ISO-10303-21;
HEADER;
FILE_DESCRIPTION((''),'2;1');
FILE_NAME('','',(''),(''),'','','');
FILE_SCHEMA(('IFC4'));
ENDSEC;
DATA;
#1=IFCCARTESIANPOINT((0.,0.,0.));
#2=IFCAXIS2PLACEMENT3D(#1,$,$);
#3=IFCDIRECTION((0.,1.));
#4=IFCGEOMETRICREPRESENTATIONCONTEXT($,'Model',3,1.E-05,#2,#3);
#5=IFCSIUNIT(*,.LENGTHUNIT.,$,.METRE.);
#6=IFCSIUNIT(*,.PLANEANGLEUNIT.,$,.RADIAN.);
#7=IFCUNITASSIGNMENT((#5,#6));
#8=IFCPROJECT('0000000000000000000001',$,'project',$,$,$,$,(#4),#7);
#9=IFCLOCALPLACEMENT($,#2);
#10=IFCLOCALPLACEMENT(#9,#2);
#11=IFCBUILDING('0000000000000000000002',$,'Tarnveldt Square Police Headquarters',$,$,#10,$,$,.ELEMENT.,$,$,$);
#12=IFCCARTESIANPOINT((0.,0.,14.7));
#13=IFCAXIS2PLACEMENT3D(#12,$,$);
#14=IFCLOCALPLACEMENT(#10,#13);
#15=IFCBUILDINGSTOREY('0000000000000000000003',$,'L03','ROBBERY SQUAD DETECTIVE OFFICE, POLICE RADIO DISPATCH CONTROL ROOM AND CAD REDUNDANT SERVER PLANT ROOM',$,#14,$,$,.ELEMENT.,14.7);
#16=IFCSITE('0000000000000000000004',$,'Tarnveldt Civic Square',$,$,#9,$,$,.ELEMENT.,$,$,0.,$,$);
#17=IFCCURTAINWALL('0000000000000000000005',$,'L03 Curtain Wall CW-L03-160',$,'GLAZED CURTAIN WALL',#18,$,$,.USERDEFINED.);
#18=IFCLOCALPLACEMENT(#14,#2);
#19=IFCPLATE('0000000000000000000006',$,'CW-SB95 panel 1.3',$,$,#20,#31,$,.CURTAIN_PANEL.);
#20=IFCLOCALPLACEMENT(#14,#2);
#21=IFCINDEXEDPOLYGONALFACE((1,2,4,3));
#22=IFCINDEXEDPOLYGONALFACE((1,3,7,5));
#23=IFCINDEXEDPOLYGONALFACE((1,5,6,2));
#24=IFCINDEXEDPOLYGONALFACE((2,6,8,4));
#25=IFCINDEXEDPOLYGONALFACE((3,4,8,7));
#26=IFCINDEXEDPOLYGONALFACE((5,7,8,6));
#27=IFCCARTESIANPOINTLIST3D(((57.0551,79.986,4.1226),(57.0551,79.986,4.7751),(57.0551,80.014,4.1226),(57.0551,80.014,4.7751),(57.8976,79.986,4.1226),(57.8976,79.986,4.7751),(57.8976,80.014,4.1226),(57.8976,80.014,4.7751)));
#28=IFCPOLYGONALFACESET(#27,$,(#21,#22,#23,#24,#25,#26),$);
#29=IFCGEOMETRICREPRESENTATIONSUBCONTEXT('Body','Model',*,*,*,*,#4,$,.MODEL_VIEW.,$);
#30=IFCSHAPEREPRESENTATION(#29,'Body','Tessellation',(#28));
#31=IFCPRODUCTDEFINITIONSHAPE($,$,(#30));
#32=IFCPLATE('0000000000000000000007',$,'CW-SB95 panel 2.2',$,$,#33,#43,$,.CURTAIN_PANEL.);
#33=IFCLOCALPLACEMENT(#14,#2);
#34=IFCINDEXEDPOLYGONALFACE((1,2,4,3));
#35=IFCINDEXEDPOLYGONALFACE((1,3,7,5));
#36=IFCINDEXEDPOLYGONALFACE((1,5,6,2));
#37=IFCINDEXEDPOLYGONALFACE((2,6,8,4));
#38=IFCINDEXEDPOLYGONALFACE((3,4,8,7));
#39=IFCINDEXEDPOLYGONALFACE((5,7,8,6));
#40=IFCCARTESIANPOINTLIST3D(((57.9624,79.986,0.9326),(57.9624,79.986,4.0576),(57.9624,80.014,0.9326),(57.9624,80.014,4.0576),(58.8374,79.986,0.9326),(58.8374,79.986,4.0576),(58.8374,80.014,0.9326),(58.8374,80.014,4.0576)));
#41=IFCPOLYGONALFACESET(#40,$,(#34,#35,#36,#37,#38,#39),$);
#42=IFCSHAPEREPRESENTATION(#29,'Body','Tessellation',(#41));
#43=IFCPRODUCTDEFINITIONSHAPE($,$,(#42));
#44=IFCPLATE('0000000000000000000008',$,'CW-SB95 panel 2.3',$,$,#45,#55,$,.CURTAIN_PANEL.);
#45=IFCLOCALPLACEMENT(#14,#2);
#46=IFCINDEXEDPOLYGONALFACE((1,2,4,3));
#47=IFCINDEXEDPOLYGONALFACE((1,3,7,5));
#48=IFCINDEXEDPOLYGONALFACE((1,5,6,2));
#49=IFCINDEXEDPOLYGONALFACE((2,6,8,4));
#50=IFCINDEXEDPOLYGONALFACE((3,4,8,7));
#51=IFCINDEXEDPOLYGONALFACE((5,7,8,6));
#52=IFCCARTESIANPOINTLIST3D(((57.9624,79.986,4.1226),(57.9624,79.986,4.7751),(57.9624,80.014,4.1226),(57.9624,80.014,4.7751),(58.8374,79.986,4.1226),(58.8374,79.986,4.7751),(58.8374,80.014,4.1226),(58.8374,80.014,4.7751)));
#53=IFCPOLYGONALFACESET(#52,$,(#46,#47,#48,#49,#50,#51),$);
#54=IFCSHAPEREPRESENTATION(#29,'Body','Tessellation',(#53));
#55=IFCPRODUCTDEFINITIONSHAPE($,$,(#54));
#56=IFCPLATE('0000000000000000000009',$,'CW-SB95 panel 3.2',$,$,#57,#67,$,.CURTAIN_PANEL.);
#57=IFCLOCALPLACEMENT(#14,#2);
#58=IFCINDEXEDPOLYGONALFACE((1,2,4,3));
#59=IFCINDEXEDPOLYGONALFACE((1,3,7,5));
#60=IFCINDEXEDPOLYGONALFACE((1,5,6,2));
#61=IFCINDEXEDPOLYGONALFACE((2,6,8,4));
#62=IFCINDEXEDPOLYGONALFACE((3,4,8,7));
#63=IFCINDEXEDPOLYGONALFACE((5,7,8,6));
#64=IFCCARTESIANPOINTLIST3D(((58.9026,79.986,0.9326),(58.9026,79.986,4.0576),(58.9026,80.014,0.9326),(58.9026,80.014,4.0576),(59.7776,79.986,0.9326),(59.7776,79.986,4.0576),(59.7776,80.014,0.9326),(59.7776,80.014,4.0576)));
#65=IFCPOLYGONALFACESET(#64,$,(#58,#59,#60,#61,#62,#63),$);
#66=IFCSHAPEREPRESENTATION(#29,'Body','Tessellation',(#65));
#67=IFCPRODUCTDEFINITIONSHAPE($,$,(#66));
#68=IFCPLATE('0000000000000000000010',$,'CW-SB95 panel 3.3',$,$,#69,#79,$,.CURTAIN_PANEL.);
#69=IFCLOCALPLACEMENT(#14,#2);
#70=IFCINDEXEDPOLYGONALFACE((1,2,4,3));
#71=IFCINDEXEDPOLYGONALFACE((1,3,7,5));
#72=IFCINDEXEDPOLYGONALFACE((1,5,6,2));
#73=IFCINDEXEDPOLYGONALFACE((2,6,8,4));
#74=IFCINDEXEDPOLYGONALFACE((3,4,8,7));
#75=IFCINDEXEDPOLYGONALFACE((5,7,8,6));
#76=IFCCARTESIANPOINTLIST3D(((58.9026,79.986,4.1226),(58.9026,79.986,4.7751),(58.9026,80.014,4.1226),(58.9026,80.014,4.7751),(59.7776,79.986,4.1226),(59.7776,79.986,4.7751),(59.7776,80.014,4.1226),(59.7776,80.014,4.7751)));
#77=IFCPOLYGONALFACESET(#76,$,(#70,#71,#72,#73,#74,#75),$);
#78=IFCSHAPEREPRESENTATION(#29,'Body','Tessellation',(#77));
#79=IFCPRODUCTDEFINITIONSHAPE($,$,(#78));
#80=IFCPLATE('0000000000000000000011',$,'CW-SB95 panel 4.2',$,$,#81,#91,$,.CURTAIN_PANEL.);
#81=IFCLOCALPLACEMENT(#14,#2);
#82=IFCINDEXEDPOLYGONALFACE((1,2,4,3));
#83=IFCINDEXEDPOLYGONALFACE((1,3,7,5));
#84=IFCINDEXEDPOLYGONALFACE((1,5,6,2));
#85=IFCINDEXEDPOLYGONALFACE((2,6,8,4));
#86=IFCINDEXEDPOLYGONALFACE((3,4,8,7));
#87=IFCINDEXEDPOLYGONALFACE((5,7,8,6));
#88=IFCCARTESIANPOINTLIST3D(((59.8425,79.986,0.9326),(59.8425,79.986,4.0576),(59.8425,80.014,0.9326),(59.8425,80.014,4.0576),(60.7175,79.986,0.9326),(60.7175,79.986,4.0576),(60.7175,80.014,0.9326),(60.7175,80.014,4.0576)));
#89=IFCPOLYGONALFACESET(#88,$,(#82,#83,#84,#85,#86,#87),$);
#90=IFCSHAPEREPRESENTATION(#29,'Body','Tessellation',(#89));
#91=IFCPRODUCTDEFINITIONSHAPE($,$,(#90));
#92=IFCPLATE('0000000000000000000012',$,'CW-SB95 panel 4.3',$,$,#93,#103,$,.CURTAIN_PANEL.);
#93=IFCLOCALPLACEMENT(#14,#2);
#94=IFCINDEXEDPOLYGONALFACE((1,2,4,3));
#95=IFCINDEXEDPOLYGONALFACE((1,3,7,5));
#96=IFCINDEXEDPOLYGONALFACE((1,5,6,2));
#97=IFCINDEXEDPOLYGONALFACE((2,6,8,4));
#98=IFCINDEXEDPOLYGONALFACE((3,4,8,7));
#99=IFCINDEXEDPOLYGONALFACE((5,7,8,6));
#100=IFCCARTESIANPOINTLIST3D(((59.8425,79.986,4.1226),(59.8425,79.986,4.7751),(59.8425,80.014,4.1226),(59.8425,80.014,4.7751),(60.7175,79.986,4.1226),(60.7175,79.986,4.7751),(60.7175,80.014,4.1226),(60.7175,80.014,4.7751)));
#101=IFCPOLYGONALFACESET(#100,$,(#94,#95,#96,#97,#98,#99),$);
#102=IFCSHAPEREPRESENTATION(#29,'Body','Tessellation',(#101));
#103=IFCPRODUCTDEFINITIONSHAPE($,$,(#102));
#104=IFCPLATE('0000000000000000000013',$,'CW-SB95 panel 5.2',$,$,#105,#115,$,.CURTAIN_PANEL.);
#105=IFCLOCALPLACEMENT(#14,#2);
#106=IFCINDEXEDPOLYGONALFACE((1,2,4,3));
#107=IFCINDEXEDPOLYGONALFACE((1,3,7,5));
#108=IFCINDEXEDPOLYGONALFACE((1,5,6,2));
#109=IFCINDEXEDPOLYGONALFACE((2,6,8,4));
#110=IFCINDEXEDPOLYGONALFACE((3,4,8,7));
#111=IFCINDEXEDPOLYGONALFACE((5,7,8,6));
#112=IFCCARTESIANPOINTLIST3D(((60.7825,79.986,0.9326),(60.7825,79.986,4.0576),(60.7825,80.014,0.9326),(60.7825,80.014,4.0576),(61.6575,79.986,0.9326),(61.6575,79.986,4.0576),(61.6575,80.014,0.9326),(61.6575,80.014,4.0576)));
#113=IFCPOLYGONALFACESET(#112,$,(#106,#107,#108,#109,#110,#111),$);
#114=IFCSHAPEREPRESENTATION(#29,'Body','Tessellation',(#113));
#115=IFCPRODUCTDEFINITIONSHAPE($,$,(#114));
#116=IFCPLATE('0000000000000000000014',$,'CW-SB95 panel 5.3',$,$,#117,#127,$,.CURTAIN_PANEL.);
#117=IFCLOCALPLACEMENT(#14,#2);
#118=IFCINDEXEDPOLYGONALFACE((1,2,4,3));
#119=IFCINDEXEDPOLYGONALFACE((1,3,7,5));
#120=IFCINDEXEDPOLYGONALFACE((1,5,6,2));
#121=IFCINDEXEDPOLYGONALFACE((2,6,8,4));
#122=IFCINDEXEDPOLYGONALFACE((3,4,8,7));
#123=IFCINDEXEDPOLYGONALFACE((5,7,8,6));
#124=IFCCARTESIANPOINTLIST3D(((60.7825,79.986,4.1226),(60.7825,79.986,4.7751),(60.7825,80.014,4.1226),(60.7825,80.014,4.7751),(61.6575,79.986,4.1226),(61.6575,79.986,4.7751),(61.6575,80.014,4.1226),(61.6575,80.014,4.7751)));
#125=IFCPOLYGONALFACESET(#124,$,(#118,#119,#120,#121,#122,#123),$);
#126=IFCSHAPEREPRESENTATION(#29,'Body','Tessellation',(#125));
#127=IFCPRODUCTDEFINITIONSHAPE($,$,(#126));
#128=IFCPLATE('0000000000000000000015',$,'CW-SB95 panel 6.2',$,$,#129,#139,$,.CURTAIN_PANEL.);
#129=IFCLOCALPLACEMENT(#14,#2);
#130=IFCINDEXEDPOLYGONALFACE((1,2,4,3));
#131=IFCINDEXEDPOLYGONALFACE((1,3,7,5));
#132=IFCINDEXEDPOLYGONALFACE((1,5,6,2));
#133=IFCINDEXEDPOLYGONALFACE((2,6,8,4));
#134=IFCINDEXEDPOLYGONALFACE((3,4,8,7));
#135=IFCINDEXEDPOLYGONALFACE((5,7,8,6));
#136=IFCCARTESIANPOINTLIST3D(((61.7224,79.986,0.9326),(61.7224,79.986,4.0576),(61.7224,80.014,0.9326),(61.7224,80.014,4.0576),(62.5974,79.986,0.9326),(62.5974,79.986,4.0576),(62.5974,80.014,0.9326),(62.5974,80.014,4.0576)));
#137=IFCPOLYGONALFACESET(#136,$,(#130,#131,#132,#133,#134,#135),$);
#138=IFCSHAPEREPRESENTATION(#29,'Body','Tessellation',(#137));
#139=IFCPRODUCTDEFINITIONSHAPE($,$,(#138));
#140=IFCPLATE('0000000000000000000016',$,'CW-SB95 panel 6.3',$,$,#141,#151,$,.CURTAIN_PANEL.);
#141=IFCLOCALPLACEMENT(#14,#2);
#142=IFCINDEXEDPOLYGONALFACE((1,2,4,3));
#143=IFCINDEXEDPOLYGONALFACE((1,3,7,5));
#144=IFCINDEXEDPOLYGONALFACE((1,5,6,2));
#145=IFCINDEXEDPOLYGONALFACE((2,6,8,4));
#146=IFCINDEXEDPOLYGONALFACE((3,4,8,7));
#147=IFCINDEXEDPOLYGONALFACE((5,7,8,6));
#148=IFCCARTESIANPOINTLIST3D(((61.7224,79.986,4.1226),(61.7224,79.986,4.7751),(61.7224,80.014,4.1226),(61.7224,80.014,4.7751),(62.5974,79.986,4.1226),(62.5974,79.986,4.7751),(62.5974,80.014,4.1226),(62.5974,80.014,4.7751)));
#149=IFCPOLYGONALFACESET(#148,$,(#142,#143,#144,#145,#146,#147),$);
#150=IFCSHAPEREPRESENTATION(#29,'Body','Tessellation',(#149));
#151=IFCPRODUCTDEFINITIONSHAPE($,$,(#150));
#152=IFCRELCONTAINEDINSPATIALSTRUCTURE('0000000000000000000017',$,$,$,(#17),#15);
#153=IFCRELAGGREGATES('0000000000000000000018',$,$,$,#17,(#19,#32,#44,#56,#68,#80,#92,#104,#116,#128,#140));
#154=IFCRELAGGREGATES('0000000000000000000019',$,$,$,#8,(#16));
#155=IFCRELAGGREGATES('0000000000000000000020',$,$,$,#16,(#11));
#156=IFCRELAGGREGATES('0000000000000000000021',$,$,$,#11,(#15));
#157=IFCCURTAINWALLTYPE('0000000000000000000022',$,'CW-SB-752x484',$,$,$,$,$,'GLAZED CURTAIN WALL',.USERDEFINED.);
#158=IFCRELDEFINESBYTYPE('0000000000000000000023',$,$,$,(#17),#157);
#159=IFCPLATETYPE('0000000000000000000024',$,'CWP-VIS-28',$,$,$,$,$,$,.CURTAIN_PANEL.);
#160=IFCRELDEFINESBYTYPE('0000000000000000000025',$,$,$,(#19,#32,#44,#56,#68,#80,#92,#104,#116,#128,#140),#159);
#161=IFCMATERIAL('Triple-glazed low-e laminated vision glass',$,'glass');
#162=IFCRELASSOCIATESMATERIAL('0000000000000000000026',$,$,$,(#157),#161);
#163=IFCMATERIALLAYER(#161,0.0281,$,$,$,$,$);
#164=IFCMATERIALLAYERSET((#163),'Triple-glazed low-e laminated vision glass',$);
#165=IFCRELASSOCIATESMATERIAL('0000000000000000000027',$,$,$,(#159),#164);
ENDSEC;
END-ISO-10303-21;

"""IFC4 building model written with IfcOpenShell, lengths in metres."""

from ifc_helpers import new_model, si_unit, direction, frame, origin, origin_2d, place, context, subcontext, project, spatial, rectangle, extrude, material, layer, layer_set, type_object, element, aggregate, save


model = new_model("IFC4")

# Units and contexts
model_context = context("Model", 3, precision=1e-05, world=origin(), true_north=direction((0.0, 1.0)))
body_context = subcontext(model_context, "Body", "Model", "MODEL_VIEW")
ifc_project = project(units=[si_unit("LENGTHUNIT", "METRE"), si_unit("PLANEANGLEUNIT", "RADIAN")], contexts=[model_context])

# Site, building, storey
site_placement = place(None, origin())
site = spatial("IfcSite", under=ifc_project, at=site_placement, Name="Tarnveldt Civic Square", CompositionType="ELEMENT", RefElevation=0.0)
building_placement = place(site_placement, origin())
building = spatial("IfcBuilding", under=site, at=building_placement, Name="Tarnveldt Square Police Headquarters", CompositionType="ELEMENT")
storey_placement = place(building_placement, frame((0.0, 0.0, 14.7)))
storey = spatial("IfcBuildingStorey", under=building, at=storey_placement, Name="L03", Description="ROBBERY SQUAD DETECTIVE OFFICE, POLICE RADIO DISPATCH CONTROL ROOM AND CAD REDUNDANT SERVER PLANT ROOM", CompositionType="ELEMENT", Elevation=14.7)

# Curtain wall
ifc_material_1 = material(Name="Triple-glazed low-e laminated vision glass", Category="glass")
curtain_wall_type = type_object("IfcCurtainWallType", Name="CW-SB-752x484", ElementType="GLAZED CURTAIN WALL", PredefinedType="USERDEFINED", material=ifc_material_1)
curtain_wall_placement = place(storey_placement, origin())
curtain_wall = element("IfcCurtainWall", 1, at=curtain_wall_placement, inside=storey, type_object=curtain_wall_type, Name="L03 Curtain Wall CW-L03-160", ObjectType="GLAZED CURTAIN WALL", PredefinedType="USERDEFINED")

# Plates
ifc_layer = layer(ifc_material_1, 0.0281)
ifc_layer_set = layer_set([ifc_layer], Name="Triple-glazed low-e laminated vision glass")
plate_type = type_object("IfcPlateType", Name="CWP-VIS-28", PredefinedType="CURTAIN_PANEL", material=ifc_layer_set)
plate_1_placement = place(storey_placement, frame((57.4763, 80.0, 4.1226), z_axis=(0.0, 0.0, 1.0), x_axis=(1.0, 0.0, 0.0)))
plate_1 = element("IfcPlate", 2, at=plate_1_placement, type_object=plate_type, Name="CW-SB95 panel 1.3", PredefinedType="CURTAIN_PANEL", context=body_context, shape_type="SweptSolid", body=[
    extrude(rectangle(XDim=0.8425, YDim=0.0281, at=origin_2d()), origin(), (0.0, 0.0, 1.0), 0.6526),
])
plate_2_placement = place(storey_placement, frame((58.3999, 80.0, 0.9326), z_axis=(0.0, 0.0, 1.0), x_axis=(1.0, 0.0, 0.0)))
plate_2 = element("IfcPlate", 3, at=plate_2_placement, type_object=plate_type, Name="CW-SB95 panel 2.2", PredefinedType="CURTAIN_PANEL", context=body_context, shape_type="SweptSolid", body=[
    extrude(rectangle(XDim=0.875, YDim=0.0281, at=origin_2d()), origin(), (0.0, 0.0, 1.0), 3.125),
])
plate_3_placement = place(storey_placement, frame((58.3999, 80.0, 4.1226), z_axis=(0.0, 0.0, 1.0), x_axis=(1.0, 0.0, 0.0)))
plate_3 = element("IfcPlate", 4, at=plate_3_placement, type_object=plate_type, Name="CW-SB95 panel 2.3", PredefinedType="CURTAIN_PANEL", context=body_context, shape_type="SweptSolid", body=[
    extrude(rectangle(XDim=0.875, YDim=0.0281, at=origin_2d()), origin(), (0.0, 0.0, 1.0), 0.6526),
])
plate_4_placement = place(storey_placement, frame((59.3401, 80.0, 0.9326), z_axis=(0.0, 0.0, 1.0), x_axis=(1.0, 0.0, 0.0)))
plate_4 = element("IfcPlate", 5, at=plate_4_placement, type_object=plate_type, Name="CW-SB95 panel 3.2", PredefinedType="CURTAIN_PANEL", context=body_context, shape_type="SweptSolid", body=[
    extrude(rectangle(XDim=0.875, YDim=0.0281, at=origin_2d()), origin(), (0.0, 0.0, 1.0), 3.125),
])
plate_5_placement = place(storey_placement, frame((59.3401, 80.0, 4.1226), z_axis=(0.0, 0.0, 1.0), x_axis=(1.0, 0.0, 0.0)))
plate_5 = element("IfcPlate", 6, at=plate_5_placement, type_object=plate_type, Name="CW-SB95 panel 3.3", PredefinedType="CURTAIN_PANEL", context=body_context, shape_type="SweptSolid", body=[
    extrude(rectangle(XDim=0.875, YDim=0.0281, at=origin_2d()), origin(), (0.0, 0.0, 1.0), 0.6526),
])
plate_6_placement = place(storey_placement, frame((60.28, 80.0, 0.9326), z_axis=(0.0, 0.0, 1.0), x_axis=(1.0, 0.0, 0.0)))
plate_6 = element("IfcPlate", 7, at=plate_6_placement, type_object=plate_type, Name="CW-SB95 panel 4.2", PredefinedType="CURTAIN_PANEL", context=body_context, shape_type="SweptSolid", body=[
    extrude(rectangle(XDim=0.875, YDim=0.0281, at=origin_2d()), origin(), (0.0, 0.0, 1.0), 3.125),
])
plate_7_placement = place(storey_placement, frame((60.28, 80.0, 4.1226), z_axis=(0.0, 0.0, 1.0), x_axis=(1.0, 0.0, 0.0)))
plate_7 = element("IfcPlate", 8, at=plate_7_placement, type_object=plate_type, Name="CW-SB95 panel 4.3", PredefinedType="CURTAIN_PANEL", context=body_context, shape_type="SweptSolid", body=[
    extrude(rectangle(XDim=0.875, YDim=0.0281, at=origin_2d()), origin(), (0.0, 0.0, 1.0), 0.6526),
])
plate_8_placement = place(storey_placement, frame((61.22, 80.0, 0.9326), z_axis=(0.0, 0.0, 1.0), x_axis=(1.0, 0.0, 0.0)))
plate_8 = element("IfcPlate", 9, at=plate_8_placement, type_object=plate_type, Name="CW-SB95 panel 5.2", PredefinedType="CURTAIN_PANEL", context=body_context, shape_type="SweptSolid", body=[
    extrude(rectangle(XDim=0.875, YDim=0.0281, at=origin_2d()), origin(), (0.0, 0.0, 1.0), 3.125),
])
plate_9_placement = place(storey_placement, frame((61.22, 80.0, 4.1226), z_axis=(0.0, 0.0, 1.0), x_axis=(1.0, 0.0, 0.0)))
plate_9 = element("IfcPlate", 10, at=plate_9_placement, type_object=plate_type, Name="CW-SB95 panel 5.3", PredefinedType="CURTAIN_PANEL", context=body_context, shape_type="SweptSolid", body=[
    extrude(rectangle(XDim=0.875, YDim=0.0281, at=origin_2d()), origin(), (0.0, 0.0, 1.0), 0.6526),
])
plate_10_placement = place(storey_placement, frame((62.1599, 80.0, 0.9326), z_axis=(0.0, 0.0, 1.0), x_axis=(1.0, 0.0, 0.0)))
plate_10 = element("IfcPlate", 11, at=plate_10_placement, type_object=plate_type, Name="CW-SB95 panel 6.2", PredefinedType="CURTAIN_PANEL", context=body_context, shape_type="SweptSolid", body=[
    extrude(rectangle(XDim=0.875, YDim=0.0281, at=origin_2d()), origin(), (0.0, 0.0, 1.0), 3.125),
])
plate_11_placement = place(storey_placement, frame((62.1599, 80.0, 4.1226), z_axis=(0.0, 0.0, 1.0), x_axis=(1.0, 0.0, 0.0)))
plate_11 = element("IfcPlate", 12, at=plate_11_placement, type_object=plate_type, Name="CW-SB95 panel 6.3", PredefinedType="CURTAIN_PANEL", context=body_context, shape_type="SweptSolid", body=[
    extrude(rectangle(XDim=0.875, YDim=0.0281, at=origin_2d()), origin(), (0.0, 0.0, 1.0), 0.6526),
])
aggregate(curtain_wall, [plate_1, plate_2, plate_3, plate_4, plate_5, plate_6, plate_7, plate_8, plate_9, plate_10, plate_11])

save(model, "model.ifc")
